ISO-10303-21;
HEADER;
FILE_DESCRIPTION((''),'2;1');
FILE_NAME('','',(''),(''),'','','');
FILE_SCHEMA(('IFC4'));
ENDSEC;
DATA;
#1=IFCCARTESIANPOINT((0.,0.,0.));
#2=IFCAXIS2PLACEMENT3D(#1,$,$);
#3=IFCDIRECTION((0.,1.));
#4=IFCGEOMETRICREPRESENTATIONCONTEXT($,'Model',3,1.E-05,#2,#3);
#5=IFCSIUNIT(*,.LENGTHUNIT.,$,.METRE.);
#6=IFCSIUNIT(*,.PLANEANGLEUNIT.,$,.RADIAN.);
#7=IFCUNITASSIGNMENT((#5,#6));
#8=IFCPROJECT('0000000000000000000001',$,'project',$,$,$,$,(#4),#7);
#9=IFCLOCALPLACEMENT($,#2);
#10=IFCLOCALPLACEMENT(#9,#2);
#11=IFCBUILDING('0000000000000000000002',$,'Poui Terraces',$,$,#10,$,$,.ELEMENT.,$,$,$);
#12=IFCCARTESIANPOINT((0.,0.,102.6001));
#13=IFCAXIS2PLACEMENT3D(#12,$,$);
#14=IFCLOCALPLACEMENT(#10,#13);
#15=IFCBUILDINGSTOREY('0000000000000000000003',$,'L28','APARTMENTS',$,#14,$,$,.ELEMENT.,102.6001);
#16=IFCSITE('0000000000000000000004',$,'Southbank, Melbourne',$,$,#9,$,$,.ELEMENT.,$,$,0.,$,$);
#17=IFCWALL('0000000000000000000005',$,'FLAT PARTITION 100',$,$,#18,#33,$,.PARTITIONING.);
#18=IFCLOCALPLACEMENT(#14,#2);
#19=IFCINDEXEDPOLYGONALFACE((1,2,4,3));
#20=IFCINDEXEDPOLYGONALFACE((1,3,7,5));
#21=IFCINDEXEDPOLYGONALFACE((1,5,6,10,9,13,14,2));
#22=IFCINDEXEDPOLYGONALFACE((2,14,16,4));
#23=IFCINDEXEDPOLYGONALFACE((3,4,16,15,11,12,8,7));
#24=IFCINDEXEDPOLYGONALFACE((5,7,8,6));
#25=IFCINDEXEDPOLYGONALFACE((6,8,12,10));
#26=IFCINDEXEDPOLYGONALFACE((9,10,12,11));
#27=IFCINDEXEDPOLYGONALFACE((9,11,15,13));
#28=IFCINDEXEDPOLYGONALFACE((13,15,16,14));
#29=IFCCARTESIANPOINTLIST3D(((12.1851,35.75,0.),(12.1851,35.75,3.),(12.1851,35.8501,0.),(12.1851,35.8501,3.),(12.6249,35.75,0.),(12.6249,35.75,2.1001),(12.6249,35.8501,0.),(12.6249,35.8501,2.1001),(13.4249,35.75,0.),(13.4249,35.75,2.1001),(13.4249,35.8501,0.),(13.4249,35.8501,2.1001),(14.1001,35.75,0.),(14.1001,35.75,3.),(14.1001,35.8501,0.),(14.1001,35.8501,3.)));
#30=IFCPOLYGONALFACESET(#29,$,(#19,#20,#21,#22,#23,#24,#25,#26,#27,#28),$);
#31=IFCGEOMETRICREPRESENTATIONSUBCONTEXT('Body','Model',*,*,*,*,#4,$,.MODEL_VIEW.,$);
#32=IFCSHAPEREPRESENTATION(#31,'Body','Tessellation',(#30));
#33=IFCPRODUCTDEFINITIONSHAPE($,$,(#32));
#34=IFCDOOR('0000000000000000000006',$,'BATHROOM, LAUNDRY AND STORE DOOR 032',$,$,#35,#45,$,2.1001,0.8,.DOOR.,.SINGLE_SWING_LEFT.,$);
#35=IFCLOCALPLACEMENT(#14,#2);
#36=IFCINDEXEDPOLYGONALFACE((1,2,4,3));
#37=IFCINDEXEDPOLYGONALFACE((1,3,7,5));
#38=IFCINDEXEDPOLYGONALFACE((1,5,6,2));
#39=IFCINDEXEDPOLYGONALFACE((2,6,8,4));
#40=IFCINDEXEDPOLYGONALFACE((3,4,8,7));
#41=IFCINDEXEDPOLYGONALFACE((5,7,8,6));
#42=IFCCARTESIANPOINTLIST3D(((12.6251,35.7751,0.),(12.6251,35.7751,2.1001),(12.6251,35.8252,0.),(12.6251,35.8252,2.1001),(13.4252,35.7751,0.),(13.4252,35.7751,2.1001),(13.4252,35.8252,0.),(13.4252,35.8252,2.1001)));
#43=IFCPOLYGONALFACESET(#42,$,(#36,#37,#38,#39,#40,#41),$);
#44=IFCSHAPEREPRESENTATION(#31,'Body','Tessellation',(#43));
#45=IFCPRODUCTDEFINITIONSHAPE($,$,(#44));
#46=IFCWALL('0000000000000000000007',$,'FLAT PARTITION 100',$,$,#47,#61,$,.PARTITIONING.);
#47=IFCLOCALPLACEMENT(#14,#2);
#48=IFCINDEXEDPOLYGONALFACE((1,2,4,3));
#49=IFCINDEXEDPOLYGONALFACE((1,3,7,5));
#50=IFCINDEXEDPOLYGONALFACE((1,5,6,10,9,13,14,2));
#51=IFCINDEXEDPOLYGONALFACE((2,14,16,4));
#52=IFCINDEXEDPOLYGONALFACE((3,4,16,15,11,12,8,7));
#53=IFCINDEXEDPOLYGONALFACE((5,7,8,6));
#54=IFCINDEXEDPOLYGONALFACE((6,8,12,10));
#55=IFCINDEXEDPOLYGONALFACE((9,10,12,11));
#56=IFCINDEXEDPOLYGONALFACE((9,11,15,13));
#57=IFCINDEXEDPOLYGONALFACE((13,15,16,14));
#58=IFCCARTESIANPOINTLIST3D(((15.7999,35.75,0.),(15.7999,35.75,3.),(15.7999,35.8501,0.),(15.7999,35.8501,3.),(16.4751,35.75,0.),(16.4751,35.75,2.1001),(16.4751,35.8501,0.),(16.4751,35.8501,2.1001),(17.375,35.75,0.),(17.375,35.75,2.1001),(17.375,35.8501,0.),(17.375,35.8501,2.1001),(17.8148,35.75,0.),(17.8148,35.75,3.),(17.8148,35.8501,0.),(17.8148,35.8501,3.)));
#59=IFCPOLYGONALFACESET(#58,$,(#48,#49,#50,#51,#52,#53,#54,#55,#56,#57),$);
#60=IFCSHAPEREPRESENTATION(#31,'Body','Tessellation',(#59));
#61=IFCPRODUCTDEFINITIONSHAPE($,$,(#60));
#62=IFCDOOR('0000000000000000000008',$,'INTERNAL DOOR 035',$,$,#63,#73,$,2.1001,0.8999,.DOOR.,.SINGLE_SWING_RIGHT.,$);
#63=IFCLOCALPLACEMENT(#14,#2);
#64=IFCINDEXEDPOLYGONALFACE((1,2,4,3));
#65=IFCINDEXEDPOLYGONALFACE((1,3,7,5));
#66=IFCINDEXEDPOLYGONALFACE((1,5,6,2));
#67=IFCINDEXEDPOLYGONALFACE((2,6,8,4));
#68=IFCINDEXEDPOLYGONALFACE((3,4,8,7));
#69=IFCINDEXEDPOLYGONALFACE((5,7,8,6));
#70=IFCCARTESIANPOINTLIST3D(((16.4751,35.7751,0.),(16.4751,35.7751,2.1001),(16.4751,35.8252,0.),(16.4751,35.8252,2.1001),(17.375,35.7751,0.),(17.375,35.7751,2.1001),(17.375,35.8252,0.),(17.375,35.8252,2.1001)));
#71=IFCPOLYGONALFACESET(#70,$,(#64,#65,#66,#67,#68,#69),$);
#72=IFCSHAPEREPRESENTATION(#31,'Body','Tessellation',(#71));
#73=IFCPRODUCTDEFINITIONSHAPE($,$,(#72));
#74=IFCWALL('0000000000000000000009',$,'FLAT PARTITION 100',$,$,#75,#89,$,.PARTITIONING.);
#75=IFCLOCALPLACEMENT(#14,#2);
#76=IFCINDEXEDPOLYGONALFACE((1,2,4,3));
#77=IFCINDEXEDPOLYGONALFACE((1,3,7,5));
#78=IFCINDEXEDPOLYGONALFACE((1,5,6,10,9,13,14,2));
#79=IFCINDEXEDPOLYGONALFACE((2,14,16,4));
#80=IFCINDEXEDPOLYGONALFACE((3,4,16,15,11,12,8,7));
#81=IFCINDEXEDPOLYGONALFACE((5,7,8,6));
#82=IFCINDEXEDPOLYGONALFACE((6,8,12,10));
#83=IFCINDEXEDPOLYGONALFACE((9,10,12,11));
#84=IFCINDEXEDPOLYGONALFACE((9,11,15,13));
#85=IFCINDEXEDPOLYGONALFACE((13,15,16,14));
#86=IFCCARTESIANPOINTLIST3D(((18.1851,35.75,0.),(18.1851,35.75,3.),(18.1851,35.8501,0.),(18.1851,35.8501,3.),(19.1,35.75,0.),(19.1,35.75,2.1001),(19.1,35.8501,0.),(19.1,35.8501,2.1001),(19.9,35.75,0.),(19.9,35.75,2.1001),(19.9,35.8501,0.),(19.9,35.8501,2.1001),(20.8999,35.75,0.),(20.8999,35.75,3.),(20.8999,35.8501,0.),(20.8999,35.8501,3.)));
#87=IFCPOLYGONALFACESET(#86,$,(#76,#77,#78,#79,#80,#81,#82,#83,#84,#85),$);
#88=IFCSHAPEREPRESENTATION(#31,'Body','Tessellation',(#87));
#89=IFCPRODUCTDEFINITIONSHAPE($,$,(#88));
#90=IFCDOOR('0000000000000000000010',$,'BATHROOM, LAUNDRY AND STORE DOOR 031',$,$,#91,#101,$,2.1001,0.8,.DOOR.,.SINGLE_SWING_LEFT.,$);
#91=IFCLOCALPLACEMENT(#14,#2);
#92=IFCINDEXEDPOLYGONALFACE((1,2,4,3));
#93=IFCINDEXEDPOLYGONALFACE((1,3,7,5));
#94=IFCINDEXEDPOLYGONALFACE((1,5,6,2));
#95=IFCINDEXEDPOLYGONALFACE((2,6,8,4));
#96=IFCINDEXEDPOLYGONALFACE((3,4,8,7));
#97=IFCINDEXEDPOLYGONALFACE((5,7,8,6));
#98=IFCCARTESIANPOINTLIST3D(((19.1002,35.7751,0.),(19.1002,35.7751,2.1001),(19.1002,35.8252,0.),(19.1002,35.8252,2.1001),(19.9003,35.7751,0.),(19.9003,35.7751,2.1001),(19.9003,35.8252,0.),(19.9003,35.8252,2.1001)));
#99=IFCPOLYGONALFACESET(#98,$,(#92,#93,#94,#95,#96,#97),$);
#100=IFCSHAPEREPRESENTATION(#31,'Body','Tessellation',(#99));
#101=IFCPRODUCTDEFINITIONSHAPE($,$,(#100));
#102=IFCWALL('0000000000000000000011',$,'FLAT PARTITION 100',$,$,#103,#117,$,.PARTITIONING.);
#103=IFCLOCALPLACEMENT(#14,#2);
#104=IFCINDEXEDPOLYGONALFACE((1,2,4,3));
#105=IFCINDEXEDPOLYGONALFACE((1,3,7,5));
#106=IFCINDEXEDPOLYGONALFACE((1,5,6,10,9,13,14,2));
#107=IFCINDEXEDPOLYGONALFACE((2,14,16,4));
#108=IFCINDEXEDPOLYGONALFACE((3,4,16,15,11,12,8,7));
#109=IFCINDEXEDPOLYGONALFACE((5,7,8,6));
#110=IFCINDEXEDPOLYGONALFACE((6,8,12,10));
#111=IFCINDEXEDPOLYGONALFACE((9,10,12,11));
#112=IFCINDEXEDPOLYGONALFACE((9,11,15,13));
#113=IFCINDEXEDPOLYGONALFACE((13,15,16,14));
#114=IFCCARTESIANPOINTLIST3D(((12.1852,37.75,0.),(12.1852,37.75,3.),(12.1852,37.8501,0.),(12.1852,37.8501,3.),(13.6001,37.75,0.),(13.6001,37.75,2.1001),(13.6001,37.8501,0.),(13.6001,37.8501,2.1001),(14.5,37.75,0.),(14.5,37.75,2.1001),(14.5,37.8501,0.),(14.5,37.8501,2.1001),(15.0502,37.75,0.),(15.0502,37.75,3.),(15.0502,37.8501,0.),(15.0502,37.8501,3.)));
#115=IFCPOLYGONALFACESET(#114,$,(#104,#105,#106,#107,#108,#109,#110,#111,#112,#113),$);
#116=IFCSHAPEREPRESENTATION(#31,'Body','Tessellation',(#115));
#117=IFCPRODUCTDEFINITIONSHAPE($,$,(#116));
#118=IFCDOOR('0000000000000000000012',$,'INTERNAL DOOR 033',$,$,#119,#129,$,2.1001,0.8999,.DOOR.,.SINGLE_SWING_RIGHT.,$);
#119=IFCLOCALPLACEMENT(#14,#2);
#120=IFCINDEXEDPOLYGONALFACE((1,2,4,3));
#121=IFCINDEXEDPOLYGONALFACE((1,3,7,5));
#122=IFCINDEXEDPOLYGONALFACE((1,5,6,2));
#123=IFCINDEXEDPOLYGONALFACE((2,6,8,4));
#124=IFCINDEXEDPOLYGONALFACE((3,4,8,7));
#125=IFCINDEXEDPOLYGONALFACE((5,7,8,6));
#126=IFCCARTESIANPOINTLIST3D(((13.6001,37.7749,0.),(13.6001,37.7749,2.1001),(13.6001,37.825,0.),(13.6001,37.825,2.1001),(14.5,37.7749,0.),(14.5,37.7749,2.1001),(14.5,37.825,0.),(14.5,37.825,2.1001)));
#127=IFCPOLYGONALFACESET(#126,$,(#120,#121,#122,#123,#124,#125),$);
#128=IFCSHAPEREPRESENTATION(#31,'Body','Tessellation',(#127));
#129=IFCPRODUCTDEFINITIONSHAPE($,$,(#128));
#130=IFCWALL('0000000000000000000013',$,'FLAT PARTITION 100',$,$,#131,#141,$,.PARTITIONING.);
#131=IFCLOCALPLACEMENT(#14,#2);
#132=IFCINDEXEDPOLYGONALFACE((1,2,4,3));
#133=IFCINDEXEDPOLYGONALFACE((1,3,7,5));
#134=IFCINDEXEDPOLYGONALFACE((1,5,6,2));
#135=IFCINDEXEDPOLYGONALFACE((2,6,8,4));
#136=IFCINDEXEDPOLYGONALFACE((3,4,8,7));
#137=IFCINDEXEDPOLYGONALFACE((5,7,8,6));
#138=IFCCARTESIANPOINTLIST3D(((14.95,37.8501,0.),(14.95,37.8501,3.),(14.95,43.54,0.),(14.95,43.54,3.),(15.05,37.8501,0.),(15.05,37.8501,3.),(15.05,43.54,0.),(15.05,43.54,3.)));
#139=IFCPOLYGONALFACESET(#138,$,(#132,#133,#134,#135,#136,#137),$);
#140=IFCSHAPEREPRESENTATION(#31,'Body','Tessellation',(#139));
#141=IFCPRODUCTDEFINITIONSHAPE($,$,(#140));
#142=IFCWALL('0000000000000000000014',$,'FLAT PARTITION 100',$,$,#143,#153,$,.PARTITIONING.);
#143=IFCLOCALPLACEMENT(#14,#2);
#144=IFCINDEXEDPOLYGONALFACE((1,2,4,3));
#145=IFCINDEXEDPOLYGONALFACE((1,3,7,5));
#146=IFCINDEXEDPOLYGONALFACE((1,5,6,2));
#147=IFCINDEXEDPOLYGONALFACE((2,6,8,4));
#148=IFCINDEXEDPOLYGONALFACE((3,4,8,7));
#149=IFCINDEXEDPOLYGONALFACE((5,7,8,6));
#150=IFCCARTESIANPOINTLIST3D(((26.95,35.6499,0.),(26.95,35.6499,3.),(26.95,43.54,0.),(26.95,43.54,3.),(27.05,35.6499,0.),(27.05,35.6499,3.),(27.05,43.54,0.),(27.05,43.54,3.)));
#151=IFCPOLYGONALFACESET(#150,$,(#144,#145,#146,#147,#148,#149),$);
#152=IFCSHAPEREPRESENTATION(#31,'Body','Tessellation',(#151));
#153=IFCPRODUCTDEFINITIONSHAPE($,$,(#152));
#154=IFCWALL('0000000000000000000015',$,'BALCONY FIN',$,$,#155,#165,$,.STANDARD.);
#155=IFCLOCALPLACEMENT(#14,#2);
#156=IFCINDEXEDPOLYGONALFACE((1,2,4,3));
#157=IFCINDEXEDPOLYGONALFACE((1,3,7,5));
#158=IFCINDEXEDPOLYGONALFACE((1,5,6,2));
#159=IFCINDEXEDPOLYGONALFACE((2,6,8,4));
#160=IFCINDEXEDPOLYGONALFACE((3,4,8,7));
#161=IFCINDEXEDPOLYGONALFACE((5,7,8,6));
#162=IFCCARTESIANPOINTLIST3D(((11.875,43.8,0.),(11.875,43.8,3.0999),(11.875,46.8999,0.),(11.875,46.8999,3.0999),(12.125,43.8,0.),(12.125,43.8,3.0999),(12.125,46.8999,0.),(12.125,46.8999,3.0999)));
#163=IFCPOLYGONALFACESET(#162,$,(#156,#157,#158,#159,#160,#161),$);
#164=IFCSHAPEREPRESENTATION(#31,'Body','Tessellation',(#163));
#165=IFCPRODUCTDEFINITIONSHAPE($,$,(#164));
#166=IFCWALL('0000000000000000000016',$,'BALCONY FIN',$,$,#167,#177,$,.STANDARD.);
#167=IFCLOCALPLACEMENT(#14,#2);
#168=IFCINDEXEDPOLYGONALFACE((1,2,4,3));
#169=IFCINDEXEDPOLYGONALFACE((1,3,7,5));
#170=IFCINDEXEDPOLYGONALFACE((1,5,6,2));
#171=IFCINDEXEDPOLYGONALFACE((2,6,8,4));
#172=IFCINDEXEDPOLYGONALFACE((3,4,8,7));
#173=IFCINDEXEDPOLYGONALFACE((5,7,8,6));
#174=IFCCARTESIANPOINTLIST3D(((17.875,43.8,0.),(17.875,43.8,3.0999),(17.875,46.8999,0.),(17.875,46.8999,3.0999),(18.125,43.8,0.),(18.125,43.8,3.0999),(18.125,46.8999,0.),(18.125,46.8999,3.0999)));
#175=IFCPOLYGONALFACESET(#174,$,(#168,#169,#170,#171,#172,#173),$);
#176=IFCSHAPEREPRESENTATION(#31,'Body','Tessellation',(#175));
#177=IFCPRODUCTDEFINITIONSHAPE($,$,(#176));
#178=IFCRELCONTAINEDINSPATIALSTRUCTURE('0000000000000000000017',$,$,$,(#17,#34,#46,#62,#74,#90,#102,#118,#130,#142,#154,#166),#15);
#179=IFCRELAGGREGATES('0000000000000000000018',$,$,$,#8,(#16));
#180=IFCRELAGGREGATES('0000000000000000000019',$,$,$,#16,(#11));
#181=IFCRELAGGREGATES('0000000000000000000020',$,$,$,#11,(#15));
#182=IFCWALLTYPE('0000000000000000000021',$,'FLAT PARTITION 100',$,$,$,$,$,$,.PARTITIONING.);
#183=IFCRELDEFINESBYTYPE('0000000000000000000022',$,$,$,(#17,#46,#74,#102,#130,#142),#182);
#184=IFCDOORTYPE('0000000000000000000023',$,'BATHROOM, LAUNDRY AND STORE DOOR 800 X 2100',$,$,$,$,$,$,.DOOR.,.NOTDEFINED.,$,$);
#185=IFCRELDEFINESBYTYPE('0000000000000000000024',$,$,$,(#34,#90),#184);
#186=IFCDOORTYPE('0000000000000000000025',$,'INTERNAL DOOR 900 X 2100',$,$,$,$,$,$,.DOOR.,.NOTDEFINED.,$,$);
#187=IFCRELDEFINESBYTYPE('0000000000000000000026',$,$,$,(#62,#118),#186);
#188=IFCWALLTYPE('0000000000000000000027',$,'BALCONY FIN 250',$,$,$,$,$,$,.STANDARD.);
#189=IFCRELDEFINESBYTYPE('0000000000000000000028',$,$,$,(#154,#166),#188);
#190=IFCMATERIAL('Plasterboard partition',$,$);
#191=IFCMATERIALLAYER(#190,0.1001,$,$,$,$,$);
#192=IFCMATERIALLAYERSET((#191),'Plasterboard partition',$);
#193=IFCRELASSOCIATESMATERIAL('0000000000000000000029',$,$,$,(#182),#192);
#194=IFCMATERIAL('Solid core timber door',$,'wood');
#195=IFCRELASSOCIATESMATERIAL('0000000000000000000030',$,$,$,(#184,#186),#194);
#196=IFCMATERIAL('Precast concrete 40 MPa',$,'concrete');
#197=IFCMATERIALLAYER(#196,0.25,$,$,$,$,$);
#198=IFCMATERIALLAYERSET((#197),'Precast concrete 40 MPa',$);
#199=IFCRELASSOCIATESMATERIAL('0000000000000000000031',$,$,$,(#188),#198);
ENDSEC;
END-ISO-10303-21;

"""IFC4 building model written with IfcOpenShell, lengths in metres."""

from ifc_helpers import new_model, si_unit, direction, frame, frame_2d, origin, place, context, subcontext, project, spatial, polyline, rectangle, outline, extrude, source, transform, mapped, material, layer, layer_set, type_object, element, fill, save


model = new_model("IFC4")

# Units and contexts
model_context = context("Model", 3, precision=1e-05, world=origin(), true_north=direction((0.0, 1.0)))
body_context = subcontext(model_context, "Body", "Model", "MODEL_VIEW")
ifc_project = project(units=[si_unit("LENGTHUNIT", "METRE"), si_unit("PLANEANGLEUNIT", "RADIAN")], contexts=[model_context])

# Site, building, storey
site_placement = place(None, origin())
site = spatial("IfcSite", under=ifc_project, at=site_placement, Name="Southbank, Melbourne", CompositionType="ELEMENT", RefElevation=0.0)
building_placement = place(site_placement, origin())
building = spatial("IfcBuilding", under=site, at=building_placement, Name="Poui Terraces", CompositionType="ELEMENT")
storey_placement = place(building_placement, frame((0.0, 0.0, 102.6001)))
storey = spatial("IfcBuildingStorey", under=building, at=storey_placement, Name="L28", Description="APARTMENTS", CompositionType="ELEMENT", Elevation=102.6001)

# Walls, openings, doors
ifc_material_1 = material(Name="Plasterboard partition")
ifc_layer_1 = layer(ifc_material_1, 0.1001)
ifc_layer_set_1 = layer_set([ifc_layer_1], Name="Plasterboard partition")
wall_type_1 = type_object("IfcWallType", Name="FLAT PARTITION 100", PredefinedType="PARTITIONING", material=ifc_layer_set_1)
wall_1_placement = place(storey_placement, frame((12.1851, 35.8, 0.0), z_axis=(0.0, 0.0, 1.0), x_axis=(1.0, 0.0, 0.0)))
wall_1 = element("IfcWall", 1, at=wall_1_placement, inside=storey, type_object=wall_type_1, Name="FLAT PARTITION 100", PredefinedType="PARTITIONING", context=body_context, shape_type="SweptSolid", body=[
    extrude(rectangle(XDim=1.915, YDim=0.1001, at=frame_2d((0.9575, 0.0))), origin(), (0.0, 0.0, 1.0), 3.0),
])
opening_1_placement = place(wall_1_placement, frame((0.4399, 0.0, 0.0)))
opening_1 = element("IfcOpeningElement", 2, at=opening_1_placement, cuts=wall_1, PredefinedType="OPENING", context=body_context, shape_type="SweptSolid", body=[
    extrude(rectangle(XDim=0.8, YDim=2.1001, at=frame_2d((0.3999, 1.05))), frame((0.0, 0.0601, 0.0), z_axis=(0.0, -1.0, 0.0), x_axis=(1.0, 0.0, 0.0)), (0.0, 0.0, 1.0), 0.1201),
])
ifc_material_2 = material(Name="Solid core timber door", Category="wood")
door_type_1 = type_object("IfcDoorType", Name="BATHROOM, LAUNDRY AND STORE DOOR 800 X 2100", OperationType="NOTDEFINED", PredefinedType="DOOR", material=ifc_material_2)
door_1_placement = place(opening_1_placement, frame((0.8, 0.0, 0.0), z_axis=(0.0, 0.0, 1.0), x_axis=(-1.0, 0.0, 0.0)))
door_1 = element("IfcDoor", 3, at=door_1_placement, inside=storey, type_object=door_type_1, Name="BATHROOM, LAUNDRY AND STORE DOOR 032", OperationType="SINGLE_SWING_LEFT", OverallHeight=2.1001, OverallWidth=0.8, PredefinedType="DOOR", context=body_context, shape_type="SweptSolid", body=[
    extrude(rectangle(XDim=0.8, YDim=2.1001, at=frame_2d((0.3999, 1.05))), frame((0.0, 0.0249, 0.0), z_axis=(0.0, -1.0, 0.0), x_axis=(1.0, 0.0, 0.0)), (0.0, 0.0, 1.0), 0.05),
])
fill(opening_1, door_1)
wall_2_placement = place(storey_placement, frame((15.8, 35.8, 0.0), z_axis=(0.0, 0.0, 1.0), x_axis=(1.0, 0.0, 0.0)))
wall_2 = element("IfcWall", 4, at=wall_2_placement, inside=storey, type_object=wall_type_1, Name="FLAT PARTITION 100", PredefinedType="PARTITIONING", context=body_context, shape_type="SweptSolid", body=[
    extrude(rectangle(XDim=2.0149, YDim=0.1001, at=frame_2d((1.0073, 0.0))), origin(), (0.0, 0.0, 1.0), 3.0),
])
opening_2_placement = place(wall_2_placement, frame((0.675, 0.0, 0.0)))
opening_2 = element("IfcOpeningElement", 5, at=opening_2_placement, cuts=wall_2, PredefinedType="OPENING", context=body_context, shape_type="SweptSolid", body=[
    extrude(rectangle(XDim=0.8999, YDim=2.1001, at=frame_2d((0.45, 1.05))), frame((0.0, 0.0601, 0.0), z_axis=(0.0, -1.0, 0.0), x_axis=(1.0, 0.0, 0.0)), (0.0, 0.0, 1.0), 0.1201),
])
door_type_2 = type_object("IfcDoorType", Name="INTERNAL DOOR 900 X 2100", OperationType="NOTDEFINED", PredefinedType="DOOR", material=ifc_material_2)
door_2_placement = place(opening_2_placement, frame((0.8999, 0.0, 0.0), z_axis=(0.0, 0.0, 1.0), x_axis=(-1.0, 0.0, 0.0)))
door_2 = element("IfcDoor", 6, at=door_2_placement, inside=storey, type_object=door_type_2, Name="INTERNAL DOOR 035", OperationType="SINGLE_SWING_RIGHT", OverallHeight=2.1001, OverallWidth=0.8999, PredefinedType="DOOR", context=body_context, shape_type="SweptSolid", body=[
    extrude(rectangle(XDim=0.8999, YDim=2.1001, at=frame_2d((0.45, 1.05))), frame((0.0, 0.0249, 0.0), z_axis=(0.0, -1.0, 0.0), x_axis=(1.0, 0.0, 0.0)), (0.0, 0.0, 1.0), 0.05),
])
fill(opening_2, door_2)
wall_3_placement = place(storey_placement, frame((18.1851, 35.8, 0.0), z_axis=(0.0, 0.0, 1.0), x_axis=(1.0, 0.0, 0.0)))
wall_3 = element("IfcWall", 7, at=wall_3_placement, inside=storey, type_object=wall_type_1, Name="FLAT PARTITION 100", PredefinedType="PARTITIONING", context=body_context, shape_type="SweptSolid", body=[
    extrude(rectangle(XDim=2.7148, YDim=0.1001, at=frame_2d((1.3574, 0.0))), origin(), (0.0, 0.0, 1.0), 3.0),
])
opening_3_placement = place(wall_3_placement, frame((0.915, 0.0, 0.0)))
opening_3 = element("IfcOpeningElement", 8, at=opening_3_placement, cuts=wall_3, PredefinedType="OPENING", context=body_context, shape_type="SweptSolid", body=[
    extrude(rectangle(XDim=0.8, YDim=2.1001, at=frame_2d((0.3999, 1.05))), frame((0.0, 0.0601, 0.0), z_axis=(0.0, -1.0, 0.0), x_axis=(1.0, 0.0, 0.0)), (0.0, 0.0, 1.0), 0.1201),
])
door_3_placement = place(opening_3_placement, frame((0.8, 0.0, 0.0), z_axis=(0.0, 0.0, 1.0), x_axis=(-1.0, 0.0, 0.0)))
door_3 = element("IfcDoor", 9, at=door_3_placement, inside=storey, type_object=door_type_1, Name="BATHROOM, LAUNDRY AND STORE DOOR 031", OperationType="SINGLE_SWING_LEFT", OverallHeight=2.1001, OverallWidth=0.8, PredefinedType="DOOR", context=body_context, shape_type="SweptSolid", body=[
    extrude(rectangle(XDim=0.8, YDim=2.1001, at=frame_2d((0.3999, 1.05))), frame((0.0, 0.0249, 0.0), z_axis=(0.0, -1.0, 0.0), x_axis=(1.0, 0.0, 0.0)), (0.0, 0.0, 1.0), 0.05),
])
fill(opening_3, door_3)
wall_4_placement = place(storey_placement, frame((12.1851, 37.8, 0.0), z_axis=(0.0, 0.0, 1.0), x_axis=(1.0, 0.0, 0.0)))
wall_4 = element("IfcWall", 10, at=wall_4_placement, inside=storey, type_object=wall_type_1, Name="FLAT PARTITION 100", PredefinedType="PARTITIONING", context=body_context, shape_type="SweptSolid", body=[
    extrude(rectangle(XDim=2.865, YDim=0.1001, at=frame_2d((1.4326, 0.0))), origin(), (0.0, 0.0, 1.0), 3.0),
])
opening_4_placement = place(wall_4_placement, frame((1.415, 0.0, 0.0)))
opening_4 = element("IfcOpeningElement", 11, at=opening_4_placement, cuts=wall_4, PredefinedType="OPENING", context=body_context, shape_type="SweptSolid", body=[
    extrude(rectangle(XDim=0.8999, YDim=2.1001, at=frame_2d((0.45, 1.05))), frame((0.0, 0.0601, 0.0), z_axis=(0.0, -1.0, 0.0), x_axis=(1.0, 0.0, 0.0)), (0.0, 0.0, 1.0), 0.1201),
])
door_4_placement = place(opening_4_placement, origin())
door_4 = element("IfcDoor", 12, at=door_4_placement, inside=storey, type_object=door_type_2, Name="INTERNAL DOOR 033", OperationType="SINGLE_SWING_RIGHT", OverallHeight=2.1001, OverallWidth=0.8999, PredefinedType="DOOR", context=body_context, shape_type="SweptSolid", body=[
    extrude(rectangle(XDim=0.8999, YDim=2.1001, at=frame_2d((0.45, 1.05))), frame((0.0, 0.0249, 0.0), z_axis=(0.0, -1.0, 0.0), x_axis=(1.0, 0.0, 0.0)), (0.0, 0.0, 1.0), 0.05),
])
fill(opening_4, door_4)

# Walls
wall_5_placement = place(storey_placement, frame((15.0, 37.8501, 0.0), z_axis=(0.0, 0.0, 1.0), x_axis=(0.0, 1.0, 0.0)))
element("IfcWall", 13, at=wall_5_placement, inside=storey, type_object=wall_type_1, Name="FLAT PARTITION 100", PredefinedType="PARTITIONING", context=body_context, shape_type="SweptSolid", body=[
    extrude(rectangle(XDim=5.6899, YDim=0.1001, at=frame_2d((2.845, 0.0))), origin(), (0.0, 0.0, 1.0), 3.0),
])
wall_6_placement = place(storey_placement, frame((27.0, 35.6499, 0.0), z_axis=(0.0, 0.0, 1.0), x_axis=(0.0, 1.0, 0.0)))
element("IfcWall", 14, at=wall_6_placement, inside=storey, type_object=wall_type_1, Name="FLAT PARTITION 100", PredefinedType="PARTITIONING", context=body_context, shape_type="SweptSolid", body=[
    extrude(rectangle(XDim=7.8901, YDim=0.1001, at=frame_2d((3.9451, 0.0))), origin(), (0.0, 0.0, 1.0), 3.0),
])
ifc_material_3 = material(Name="Precast concrete 40 MPa", Category="concrete")
ifc_layer_2 = layer(ifc_material_3, 0.25)
ifc_layer_set_2 = layer_set([ifc_layer_2], Name="Precast concrete 40 MPa")
wall_type_2 = type_object("IfcWallType", Name="BALCONY FIN 250", PredefinedType="STANDARD", material=ifc_layer_set_2)
shared_shape_1 = source(origin(), body_context, "Body", "SweptSolid", [
    extrude(outline(polyline([(0.0, 0.0), (0.25, 0.0), (0.25, 3.0999), (0.0, 3.0999), (0.0, 0.0)])), origin(), (0.0, 0.0, 1.0), 3.0999),
])
for number, where, name in (
    (15, (11.875, 43.8, 0.0), "BALCONY FIN"),
    (16, (17.875, 43.8, 0.0), "BALCONY FIN"),
):
    element("IfcWall", number, at=place(storey_placement, frame(where)), inside=storey, type_object=wall_type_2, Name=name, PredefinedType="STANDARD", context=body_context, shape_type="MappedRepresentation", body=[
        mapped(shared_shape_1, transform((0.0, 0.0, 0.0))),
    ])

save(model, "model.ifc")
